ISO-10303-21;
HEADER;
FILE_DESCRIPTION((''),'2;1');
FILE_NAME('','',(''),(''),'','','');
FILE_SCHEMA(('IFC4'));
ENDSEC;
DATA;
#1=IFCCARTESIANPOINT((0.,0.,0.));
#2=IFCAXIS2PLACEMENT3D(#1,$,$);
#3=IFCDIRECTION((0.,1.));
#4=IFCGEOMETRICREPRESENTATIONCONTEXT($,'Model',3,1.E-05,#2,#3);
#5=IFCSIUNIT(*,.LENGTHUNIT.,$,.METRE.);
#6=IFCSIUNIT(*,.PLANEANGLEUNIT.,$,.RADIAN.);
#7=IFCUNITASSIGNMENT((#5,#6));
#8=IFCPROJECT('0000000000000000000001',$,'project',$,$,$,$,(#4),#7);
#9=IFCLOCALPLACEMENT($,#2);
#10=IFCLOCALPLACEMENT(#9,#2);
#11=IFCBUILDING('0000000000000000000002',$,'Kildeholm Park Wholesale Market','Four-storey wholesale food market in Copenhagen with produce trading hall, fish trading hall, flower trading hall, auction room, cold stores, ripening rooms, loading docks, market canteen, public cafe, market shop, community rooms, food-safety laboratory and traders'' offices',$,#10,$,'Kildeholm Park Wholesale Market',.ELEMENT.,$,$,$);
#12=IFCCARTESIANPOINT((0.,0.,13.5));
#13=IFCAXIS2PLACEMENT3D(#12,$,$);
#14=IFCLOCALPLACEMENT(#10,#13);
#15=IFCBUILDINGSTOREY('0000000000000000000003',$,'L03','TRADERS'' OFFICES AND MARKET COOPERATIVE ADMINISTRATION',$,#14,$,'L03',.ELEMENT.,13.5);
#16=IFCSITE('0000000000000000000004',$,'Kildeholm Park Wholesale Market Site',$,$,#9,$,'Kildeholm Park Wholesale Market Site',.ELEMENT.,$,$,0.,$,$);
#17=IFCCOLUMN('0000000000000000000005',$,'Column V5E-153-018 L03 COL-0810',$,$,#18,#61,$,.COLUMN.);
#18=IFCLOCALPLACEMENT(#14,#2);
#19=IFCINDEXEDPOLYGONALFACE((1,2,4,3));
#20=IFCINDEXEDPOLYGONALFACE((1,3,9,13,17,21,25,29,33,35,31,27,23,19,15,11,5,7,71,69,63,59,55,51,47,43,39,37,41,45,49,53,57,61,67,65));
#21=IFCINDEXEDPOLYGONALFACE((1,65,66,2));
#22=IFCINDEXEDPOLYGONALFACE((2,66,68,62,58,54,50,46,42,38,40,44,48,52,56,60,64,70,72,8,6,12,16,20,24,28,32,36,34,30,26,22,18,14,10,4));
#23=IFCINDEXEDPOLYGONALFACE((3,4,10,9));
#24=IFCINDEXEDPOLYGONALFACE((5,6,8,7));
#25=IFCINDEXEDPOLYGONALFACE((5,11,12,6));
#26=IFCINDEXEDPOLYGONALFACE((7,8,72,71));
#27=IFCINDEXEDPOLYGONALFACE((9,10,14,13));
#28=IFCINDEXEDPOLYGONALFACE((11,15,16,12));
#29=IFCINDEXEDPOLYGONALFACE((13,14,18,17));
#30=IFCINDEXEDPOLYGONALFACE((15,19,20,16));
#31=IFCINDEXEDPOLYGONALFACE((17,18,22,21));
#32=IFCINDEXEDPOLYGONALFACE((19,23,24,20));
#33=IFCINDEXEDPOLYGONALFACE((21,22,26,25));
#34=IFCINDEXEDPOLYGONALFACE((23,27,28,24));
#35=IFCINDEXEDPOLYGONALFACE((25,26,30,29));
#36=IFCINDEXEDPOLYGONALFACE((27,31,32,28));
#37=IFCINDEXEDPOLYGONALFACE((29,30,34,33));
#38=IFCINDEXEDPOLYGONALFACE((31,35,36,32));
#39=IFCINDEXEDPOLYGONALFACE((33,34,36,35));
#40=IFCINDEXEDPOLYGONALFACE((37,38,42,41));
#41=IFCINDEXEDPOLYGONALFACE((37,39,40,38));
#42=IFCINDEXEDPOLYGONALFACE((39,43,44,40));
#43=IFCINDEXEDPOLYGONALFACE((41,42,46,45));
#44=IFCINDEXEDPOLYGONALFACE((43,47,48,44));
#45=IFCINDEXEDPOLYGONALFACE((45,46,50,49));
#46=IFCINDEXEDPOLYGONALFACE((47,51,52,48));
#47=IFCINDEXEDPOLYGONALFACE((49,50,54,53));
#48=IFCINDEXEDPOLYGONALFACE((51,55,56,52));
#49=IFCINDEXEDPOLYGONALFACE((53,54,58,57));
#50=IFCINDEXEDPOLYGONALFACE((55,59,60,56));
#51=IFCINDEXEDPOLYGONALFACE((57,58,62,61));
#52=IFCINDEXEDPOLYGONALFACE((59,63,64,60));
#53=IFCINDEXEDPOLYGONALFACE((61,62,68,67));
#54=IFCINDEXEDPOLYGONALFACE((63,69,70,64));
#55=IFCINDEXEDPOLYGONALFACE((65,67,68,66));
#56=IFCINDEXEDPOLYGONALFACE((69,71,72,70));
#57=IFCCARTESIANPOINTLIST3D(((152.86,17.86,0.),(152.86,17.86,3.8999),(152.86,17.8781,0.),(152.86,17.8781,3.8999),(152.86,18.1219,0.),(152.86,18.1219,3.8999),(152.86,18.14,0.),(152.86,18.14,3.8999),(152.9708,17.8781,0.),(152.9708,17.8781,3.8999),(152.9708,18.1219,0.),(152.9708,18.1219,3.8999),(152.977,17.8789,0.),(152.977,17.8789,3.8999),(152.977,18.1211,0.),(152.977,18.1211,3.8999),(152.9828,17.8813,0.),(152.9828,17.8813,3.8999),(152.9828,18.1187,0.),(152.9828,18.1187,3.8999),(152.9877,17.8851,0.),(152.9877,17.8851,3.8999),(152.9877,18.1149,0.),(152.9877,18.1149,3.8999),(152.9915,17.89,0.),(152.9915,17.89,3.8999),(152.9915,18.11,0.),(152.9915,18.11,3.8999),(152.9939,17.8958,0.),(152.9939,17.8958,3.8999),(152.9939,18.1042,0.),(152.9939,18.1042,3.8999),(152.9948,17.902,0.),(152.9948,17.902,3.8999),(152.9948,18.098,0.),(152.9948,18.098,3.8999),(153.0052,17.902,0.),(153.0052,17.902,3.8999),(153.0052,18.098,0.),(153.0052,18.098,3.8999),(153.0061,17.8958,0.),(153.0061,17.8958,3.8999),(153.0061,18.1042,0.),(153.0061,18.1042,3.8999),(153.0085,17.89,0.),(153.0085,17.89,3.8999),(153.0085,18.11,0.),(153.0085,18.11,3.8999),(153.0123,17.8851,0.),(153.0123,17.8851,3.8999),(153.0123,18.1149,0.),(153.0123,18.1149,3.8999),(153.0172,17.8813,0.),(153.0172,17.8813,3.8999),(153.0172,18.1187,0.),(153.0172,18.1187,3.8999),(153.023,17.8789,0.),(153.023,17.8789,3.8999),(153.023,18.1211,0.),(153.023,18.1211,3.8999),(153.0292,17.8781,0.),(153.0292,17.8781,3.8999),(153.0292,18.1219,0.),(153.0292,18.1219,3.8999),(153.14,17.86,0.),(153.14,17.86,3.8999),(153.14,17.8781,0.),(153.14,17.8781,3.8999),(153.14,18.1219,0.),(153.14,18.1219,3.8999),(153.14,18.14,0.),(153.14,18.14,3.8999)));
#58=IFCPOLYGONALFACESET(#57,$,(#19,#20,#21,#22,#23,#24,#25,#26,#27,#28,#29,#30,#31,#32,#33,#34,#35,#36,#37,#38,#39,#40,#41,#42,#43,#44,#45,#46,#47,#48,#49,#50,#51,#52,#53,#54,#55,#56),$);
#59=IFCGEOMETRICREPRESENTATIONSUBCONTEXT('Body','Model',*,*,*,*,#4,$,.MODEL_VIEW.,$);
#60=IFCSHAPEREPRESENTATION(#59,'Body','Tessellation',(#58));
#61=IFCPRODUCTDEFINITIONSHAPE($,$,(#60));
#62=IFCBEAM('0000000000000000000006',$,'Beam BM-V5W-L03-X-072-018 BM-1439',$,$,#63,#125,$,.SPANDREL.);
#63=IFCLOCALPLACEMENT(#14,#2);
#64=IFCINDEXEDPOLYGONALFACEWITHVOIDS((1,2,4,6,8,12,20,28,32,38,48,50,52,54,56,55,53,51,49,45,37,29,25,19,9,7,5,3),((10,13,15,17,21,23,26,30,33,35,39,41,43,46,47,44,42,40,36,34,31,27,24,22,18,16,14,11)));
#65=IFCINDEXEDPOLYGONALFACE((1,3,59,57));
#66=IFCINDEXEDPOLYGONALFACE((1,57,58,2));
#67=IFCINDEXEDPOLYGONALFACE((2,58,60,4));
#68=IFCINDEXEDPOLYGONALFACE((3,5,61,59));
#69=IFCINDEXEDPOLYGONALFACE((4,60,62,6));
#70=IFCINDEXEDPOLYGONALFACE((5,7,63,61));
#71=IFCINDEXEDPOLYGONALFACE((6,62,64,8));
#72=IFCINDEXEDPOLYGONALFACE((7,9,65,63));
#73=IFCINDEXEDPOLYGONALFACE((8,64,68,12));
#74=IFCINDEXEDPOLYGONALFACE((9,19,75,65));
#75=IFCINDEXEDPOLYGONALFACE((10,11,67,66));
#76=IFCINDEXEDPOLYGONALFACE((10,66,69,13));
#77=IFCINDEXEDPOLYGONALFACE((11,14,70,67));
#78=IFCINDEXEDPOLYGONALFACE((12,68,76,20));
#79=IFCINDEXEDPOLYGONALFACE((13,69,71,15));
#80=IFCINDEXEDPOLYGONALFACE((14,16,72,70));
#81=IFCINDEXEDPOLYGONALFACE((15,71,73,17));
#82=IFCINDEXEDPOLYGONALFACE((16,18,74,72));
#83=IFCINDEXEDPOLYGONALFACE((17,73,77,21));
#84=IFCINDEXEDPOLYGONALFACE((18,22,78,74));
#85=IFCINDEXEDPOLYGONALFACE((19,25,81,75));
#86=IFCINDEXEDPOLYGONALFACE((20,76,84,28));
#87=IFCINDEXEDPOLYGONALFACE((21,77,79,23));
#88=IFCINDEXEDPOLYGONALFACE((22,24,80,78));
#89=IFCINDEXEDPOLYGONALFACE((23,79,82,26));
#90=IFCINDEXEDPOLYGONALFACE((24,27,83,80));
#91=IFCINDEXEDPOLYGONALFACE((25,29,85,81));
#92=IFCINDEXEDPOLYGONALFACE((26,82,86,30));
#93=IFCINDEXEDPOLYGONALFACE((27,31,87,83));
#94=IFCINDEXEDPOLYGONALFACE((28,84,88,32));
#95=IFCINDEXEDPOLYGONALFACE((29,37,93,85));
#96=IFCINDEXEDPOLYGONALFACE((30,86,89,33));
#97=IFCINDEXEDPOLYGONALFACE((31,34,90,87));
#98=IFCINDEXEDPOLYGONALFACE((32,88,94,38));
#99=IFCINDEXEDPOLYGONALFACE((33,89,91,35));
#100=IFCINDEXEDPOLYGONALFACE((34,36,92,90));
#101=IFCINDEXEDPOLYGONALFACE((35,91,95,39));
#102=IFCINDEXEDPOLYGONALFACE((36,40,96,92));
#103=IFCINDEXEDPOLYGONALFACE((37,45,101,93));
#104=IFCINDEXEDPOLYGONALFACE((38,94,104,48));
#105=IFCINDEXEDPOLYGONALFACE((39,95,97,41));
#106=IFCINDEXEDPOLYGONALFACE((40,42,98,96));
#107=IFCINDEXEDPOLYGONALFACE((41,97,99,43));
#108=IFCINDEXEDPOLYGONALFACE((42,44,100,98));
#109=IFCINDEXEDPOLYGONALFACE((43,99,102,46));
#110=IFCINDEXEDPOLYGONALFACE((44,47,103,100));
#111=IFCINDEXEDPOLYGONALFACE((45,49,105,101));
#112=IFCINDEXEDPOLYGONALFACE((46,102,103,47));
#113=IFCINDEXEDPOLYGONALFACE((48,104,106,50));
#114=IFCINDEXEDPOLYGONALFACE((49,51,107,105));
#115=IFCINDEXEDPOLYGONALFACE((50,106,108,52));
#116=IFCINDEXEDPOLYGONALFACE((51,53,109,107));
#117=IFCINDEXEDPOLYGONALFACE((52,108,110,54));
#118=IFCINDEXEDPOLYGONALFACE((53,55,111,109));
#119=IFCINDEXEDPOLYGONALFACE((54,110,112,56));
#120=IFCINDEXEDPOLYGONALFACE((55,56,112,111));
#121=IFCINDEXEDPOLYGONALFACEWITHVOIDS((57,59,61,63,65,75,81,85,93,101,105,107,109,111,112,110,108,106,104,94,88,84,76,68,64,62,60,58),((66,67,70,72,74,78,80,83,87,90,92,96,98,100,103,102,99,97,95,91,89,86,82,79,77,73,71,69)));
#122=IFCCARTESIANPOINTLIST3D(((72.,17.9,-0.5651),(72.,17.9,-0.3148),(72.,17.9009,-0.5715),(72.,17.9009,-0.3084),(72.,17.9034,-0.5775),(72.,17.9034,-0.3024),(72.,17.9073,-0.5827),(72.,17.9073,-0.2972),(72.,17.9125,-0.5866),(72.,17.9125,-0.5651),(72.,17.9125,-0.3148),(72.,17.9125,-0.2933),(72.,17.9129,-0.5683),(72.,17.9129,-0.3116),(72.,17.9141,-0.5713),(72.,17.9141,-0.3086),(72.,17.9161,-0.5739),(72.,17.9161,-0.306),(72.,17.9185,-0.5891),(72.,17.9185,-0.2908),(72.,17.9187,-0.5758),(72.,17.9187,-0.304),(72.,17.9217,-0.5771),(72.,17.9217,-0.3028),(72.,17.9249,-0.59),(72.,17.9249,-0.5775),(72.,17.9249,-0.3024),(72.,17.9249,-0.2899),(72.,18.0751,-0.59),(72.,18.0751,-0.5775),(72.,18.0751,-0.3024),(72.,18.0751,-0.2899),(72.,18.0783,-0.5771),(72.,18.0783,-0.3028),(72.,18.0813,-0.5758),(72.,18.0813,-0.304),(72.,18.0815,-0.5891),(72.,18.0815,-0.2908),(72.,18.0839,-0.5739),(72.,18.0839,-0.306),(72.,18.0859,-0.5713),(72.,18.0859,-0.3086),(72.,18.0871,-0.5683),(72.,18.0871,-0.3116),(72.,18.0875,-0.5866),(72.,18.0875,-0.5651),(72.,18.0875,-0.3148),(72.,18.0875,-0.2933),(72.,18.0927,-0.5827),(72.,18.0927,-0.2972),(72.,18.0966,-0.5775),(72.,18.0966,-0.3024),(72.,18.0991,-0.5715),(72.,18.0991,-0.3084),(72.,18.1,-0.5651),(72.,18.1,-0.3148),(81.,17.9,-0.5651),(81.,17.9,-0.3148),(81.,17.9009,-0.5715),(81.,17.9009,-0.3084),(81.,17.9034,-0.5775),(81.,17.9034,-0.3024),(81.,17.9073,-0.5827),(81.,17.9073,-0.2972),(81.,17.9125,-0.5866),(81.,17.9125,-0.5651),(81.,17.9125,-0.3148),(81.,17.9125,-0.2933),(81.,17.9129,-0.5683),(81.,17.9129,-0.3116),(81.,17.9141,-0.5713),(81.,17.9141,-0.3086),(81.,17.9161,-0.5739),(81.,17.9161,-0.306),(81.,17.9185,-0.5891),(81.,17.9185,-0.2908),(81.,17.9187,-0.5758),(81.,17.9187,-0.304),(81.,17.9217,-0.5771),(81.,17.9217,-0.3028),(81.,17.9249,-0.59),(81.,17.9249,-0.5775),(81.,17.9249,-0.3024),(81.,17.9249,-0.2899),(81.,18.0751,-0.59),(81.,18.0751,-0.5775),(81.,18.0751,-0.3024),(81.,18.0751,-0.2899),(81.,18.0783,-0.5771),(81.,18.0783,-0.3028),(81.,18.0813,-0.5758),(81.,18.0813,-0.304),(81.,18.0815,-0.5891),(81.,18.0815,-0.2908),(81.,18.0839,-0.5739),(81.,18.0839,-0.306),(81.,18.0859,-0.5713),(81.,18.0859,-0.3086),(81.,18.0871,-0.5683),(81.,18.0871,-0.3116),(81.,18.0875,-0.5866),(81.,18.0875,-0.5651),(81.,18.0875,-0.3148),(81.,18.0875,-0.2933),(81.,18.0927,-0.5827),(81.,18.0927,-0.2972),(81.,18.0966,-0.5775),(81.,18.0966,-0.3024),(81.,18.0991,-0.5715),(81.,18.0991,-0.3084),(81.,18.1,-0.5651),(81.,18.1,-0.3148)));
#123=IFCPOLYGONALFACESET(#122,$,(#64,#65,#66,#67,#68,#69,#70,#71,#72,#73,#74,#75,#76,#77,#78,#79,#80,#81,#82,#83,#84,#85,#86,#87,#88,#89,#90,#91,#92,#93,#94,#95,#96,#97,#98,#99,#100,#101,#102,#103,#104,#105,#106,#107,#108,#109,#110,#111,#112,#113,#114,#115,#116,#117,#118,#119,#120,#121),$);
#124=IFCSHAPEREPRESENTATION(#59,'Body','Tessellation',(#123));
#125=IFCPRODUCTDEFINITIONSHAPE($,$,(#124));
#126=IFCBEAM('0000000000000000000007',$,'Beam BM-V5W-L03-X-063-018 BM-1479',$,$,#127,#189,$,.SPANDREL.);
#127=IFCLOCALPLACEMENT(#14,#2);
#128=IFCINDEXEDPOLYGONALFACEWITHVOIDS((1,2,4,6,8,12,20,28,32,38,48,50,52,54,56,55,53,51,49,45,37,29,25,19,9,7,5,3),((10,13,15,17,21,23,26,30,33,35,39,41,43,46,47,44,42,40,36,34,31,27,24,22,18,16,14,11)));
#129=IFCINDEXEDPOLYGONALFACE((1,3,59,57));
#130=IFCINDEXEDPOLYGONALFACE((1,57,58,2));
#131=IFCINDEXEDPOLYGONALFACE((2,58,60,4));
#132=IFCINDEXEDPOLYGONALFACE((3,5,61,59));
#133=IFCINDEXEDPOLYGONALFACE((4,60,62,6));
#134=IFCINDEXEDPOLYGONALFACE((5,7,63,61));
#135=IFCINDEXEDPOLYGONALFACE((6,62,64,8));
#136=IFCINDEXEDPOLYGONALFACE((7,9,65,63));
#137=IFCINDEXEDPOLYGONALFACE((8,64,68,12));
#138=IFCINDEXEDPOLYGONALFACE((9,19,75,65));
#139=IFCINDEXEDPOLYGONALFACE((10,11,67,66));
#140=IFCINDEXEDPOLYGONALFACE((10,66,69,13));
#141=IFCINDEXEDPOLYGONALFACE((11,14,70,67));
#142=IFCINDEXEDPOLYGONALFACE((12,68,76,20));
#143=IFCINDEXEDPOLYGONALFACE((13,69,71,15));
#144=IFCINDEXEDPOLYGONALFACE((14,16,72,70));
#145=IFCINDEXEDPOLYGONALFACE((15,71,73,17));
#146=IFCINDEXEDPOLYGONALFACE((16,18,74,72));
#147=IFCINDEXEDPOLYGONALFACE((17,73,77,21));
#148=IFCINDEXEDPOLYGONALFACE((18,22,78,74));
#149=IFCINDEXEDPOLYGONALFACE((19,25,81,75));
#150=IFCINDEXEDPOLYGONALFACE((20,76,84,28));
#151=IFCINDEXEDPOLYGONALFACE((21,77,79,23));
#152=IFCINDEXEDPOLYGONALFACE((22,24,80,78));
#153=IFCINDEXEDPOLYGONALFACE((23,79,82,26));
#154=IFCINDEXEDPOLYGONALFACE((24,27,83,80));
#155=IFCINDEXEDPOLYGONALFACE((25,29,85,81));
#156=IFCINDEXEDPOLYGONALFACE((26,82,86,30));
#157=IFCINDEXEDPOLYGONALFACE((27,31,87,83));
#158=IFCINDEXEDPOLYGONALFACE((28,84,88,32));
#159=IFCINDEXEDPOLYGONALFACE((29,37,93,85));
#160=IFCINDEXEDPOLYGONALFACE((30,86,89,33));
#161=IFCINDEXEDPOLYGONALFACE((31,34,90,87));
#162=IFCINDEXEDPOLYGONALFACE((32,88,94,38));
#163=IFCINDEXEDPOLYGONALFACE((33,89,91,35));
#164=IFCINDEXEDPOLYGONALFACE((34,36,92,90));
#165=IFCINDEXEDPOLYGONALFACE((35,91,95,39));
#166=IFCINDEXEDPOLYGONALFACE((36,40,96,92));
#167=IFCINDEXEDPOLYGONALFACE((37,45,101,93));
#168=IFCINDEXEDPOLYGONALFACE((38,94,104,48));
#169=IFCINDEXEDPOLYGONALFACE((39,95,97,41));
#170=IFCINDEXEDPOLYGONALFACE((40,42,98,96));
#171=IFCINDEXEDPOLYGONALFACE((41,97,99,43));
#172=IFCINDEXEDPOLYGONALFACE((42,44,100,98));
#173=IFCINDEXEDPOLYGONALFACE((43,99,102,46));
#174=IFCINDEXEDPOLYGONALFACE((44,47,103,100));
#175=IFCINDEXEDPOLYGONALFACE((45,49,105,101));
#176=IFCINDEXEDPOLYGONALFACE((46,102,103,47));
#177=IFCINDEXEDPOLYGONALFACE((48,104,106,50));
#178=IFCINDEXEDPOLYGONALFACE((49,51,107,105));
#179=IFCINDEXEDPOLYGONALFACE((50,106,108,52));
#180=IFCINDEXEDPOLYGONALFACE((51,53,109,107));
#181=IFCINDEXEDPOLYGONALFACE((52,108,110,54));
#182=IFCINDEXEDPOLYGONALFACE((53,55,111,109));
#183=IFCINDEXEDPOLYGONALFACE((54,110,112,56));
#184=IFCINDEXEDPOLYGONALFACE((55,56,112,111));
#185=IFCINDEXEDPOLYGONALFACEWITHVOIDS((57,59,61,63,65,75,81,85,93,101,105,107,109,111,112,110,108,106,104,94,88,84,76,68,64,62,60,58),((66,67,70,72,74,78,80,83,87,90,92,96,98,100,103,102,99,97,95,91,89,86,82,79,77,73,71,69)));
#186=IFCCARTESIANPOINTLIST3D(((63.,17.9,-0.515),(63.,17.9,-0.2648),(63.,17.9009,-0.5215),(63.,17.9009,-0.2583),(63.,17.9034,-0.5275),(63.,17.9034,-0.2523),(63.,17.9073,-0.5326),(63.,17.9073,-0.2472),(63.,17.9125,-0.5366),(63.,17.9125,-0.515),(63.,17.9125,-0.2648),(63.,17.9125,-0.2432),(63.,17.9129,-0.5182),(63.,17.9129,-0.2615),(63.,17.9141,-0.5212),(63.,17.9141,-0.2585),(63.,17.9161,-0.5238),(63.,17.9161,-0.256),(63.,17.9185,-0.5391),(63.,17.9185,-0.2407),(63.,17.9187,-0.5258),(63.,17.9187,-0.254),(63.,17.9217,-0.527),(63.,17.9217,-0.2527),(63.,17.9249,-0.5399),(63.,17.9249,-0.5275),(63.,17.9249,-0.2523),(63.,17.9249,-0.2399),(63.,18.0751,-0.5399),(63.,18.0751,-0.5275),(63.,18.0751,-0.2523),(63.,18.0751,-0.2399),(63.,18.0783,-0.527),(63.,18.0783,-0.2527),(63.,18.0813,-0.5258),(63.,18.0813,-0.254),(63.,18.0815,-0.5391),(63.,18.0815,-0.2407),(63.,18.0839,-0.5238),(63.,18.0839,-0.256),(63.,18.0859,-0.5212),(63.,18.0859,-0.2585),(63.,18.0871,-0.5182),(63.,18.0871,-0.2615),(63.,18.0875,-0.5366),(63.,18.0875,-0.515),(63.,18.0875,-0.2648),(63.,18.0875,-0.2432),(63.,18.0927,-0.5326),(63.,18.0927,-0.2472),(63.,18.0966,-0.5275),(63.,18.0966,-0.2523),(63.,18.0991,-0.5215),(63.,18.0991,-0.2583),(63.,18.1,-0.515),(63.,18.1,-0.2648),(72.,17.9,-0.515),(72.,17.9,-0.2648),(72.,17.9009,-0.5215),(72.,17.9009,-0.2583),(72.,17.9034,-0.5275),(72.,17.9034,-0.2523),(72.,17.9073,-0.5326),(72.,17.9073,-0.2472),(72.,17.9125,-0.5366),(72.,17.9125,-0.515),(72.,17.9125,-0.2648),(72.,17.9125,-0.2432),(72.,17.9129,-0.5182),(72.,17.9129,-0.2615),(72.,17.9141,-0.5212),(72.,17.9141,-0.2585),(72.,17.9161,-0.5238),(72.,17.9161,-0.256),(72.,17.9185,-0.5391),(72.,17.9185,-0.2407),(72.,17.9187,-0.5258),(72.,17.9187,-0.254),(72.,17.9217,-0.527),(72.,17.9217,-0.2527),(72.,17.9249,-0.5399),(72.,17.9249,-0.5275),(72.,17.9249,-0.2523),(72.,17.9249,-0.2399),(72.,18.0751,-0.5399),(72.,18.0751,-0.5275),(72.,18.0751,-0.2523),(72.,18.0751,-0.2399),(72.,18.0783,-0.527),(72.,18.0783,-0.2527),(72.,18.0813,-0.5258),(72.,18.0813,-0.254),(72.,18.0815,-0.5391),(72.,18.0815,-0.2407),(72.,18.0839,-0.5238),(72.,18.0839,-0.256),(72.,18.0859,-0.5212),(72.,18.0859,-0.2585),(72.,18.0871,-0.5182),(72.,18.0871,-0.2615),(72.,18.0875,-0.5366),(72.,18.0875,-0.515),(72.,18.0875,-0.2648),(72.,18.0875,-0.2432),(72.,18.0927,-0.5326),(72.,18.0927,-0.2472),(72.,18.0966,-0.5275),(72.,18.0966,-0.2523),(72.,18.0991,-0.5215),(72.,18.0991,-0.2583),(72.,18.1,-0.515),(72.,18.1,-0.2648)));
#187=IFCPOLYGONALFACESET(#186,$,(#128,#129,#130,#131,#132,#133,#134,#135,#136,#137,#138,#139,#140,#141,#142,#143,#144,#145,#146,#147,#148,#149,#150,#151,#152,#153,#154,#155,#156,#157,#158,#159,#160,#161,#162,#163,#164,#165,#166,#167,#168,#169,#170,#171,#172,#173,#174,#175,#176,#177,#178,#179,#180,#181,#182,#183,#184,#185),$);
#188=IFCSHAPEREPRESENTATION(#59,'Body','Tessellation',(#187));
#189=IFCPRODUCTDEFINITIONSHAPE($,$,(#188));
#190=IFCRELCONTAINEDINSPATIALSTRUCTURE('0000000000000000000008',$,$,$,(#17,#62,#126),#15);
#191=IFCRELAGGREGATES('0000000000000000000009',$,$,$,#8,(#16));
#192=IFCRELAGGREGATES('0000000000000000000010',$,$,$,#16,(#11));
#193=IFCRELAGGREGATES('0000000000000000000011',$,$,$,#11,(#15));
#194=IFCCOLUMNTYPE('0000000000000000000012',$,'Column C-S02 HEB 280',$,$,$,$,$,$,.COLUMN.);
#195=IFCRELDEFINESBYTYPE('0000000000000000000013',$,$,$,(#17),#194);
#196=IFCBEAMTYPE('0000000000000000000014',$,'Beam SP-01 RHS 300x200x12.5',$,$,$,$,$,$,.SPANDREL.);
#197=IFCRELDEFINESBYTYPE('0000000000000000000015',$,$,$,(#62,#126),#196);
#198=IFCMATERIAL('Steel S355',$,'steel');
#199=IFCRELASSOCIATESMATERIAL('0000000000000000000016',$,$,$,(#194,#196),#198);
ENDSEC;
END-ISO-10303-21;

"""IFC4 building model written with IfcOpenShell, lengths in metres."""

from ifc_helpers import new_model, si_unit, direction, frame, origin, origin_2d, place, context, subcontext, project, spatial, hollow_rectangle, i_section, extrude, material, material_profile, profile_set, type_object, element, save


model = new_model("IFC4")

# Units and contexts
model_context = context("Model", 3, precision=1e-05, world=origin(), true_north=direction((0.0, 1.0)))
body_context = subcontext(model_context, "Body", "Model", "MODEL_VIEW")
ifc_project = project(units=[si_unit("LENGTHUNIT", "METRE"), si_unit("PLANEANGLEUNIT", "RADIAN")], contexts=[model_context])

# Site, building, storey
site_placement = place(None, origin())
site = spatial("IfcSite", under=ifc_project, at=site_placement, Name="Kildeholm Park Wholesale Market Site", LongName="Kildeholm Park Wholesale Market Site", CompositionType="ELEMENT", RefElevation=0.0)
building_placement = place(site_placement, origin())
building = spatial("IfcBuilding", under=site, at=building_placement, Name="Kildeholm Park Wholesale Market", Description="Four-storey wholesale food market in Copenhagen with produce trading hall, fish trading hall, flower trading hall, auction room, cold stores, ripening rooms, loading docks, market canteen, public cafe, market shop, community rooms, food-safety laboratory and traders' offices", LongName="Kildeholm Park Wholesale Market", CompositionType="ELEMENT")
storey_placement = place(building_placement, frame((0.0, 0.0, 13.5)))
storey = spatial("IfcBuildingStorey", under=building, at=storey_placement, Name="L03", Description="TRADERS' OFFICES AND MARKET COOPERATIVE ADMINISTRATION", LongName="L03", CompositionType="ELEMENT", Elevation=13.5)

# Column
ifc_material_1 = material(Name="Steel S355", Category="steel")
ifc_material_profile_1 = material_profile(ifc_material_1, i_section(OverallWidth=0.28, OverallDepth=0.28, WebThickness=0.0105, FlangeThickness=0.0181, FilletRadius=0.0239, at=origin_2d()), Name="HEB 280")
ifc_profile_set_1 = profile_set([ifc_material_profile_1], Name="Steel S355")
column_type = type_object("IfcColumnType", Name="Column C-S02 HEB 280", PredefinedType="COLUMN", material=ifc_profile_set_1)
for number, where, z_axis, x_axis, name in (
    (1, (153.0, 18.0, 0.0), (0.0, 0.0, 1.0), (1.0, 0.0, 0.0), "Column V5E-153-018 L03 COL-0810"),
):
    element("IfcColumn", number, at=place(storey_placement, frame(where, z_axis=z_axis, x_axis=x_axis)), inside=storey, type_object=column_type, Name=name, PredefinedType="COLUMN", context=body_context, shape_type="SweptSolid", body=[
        extrude(i_section(OverallWidth=0.28, OverallDepth=0.28, WebThickness=0.0105, FlangeThickness=0.0181, FilletRadius=0.0239, at=origin_2d()), origin(), (0.0, 0.0, 1.0), 3.8999),
    ])

# Beams
ifc_material_profile_2 = material_profile(ifc_material_1, hollow_rectangle(XDim=0.2, YDim=0.3, WallThickness=0.0125, InnerFilletRadius=0.0125, OuterFilletRadius=0.0249, at=origin_2d()), Name="RHS 300x200x12.5")
ifc_profile_set_2 = profile_set([ifc_material_profile_2], Name="Steel S355")
beam_type = type_object("IfcBeamType", Name="Beam SP-01 RHS 300x200x12.5", PredefinedType="SPANDREL", material=ifc_profile_set_2)
for number, where, z_axis, x_axis, name in (
    (2, (72.0, 18.0, -0.4399), (1.0, 0.0, 0.0), (0.0, 1.0, 0.0), "Beam BM-V5W-L03-X-072-018 BM-1439"),
    (3, (63.0, 18.0, -0.3899), (1.0, 0.0, 0.0), (0.0, 1.0, 0.0), "Beam BM-V5W-L03-X-063-018 BM-1479"),
):
    element("IfcBeam", number, at=place(storey_placement, frame(where, z_axis=z_axis, x_axis=x_axis)), inside=storey, type_object=beam_type, Name=name, PredefinedType="SPANDREL", context=body_context, shape_type="SweptSolid", body=[
        extrude(hollow_rectangle(XDim=0.2, YDim=0.3, WallThickness=0.0125, InnerFilletRadius=0.0125, OuterFilletRadius=0.0249, at=origin_2d()), origin(), (0.0, 0.0, 1.0), 9.0),
    ])

save(model, "model.ifc")
